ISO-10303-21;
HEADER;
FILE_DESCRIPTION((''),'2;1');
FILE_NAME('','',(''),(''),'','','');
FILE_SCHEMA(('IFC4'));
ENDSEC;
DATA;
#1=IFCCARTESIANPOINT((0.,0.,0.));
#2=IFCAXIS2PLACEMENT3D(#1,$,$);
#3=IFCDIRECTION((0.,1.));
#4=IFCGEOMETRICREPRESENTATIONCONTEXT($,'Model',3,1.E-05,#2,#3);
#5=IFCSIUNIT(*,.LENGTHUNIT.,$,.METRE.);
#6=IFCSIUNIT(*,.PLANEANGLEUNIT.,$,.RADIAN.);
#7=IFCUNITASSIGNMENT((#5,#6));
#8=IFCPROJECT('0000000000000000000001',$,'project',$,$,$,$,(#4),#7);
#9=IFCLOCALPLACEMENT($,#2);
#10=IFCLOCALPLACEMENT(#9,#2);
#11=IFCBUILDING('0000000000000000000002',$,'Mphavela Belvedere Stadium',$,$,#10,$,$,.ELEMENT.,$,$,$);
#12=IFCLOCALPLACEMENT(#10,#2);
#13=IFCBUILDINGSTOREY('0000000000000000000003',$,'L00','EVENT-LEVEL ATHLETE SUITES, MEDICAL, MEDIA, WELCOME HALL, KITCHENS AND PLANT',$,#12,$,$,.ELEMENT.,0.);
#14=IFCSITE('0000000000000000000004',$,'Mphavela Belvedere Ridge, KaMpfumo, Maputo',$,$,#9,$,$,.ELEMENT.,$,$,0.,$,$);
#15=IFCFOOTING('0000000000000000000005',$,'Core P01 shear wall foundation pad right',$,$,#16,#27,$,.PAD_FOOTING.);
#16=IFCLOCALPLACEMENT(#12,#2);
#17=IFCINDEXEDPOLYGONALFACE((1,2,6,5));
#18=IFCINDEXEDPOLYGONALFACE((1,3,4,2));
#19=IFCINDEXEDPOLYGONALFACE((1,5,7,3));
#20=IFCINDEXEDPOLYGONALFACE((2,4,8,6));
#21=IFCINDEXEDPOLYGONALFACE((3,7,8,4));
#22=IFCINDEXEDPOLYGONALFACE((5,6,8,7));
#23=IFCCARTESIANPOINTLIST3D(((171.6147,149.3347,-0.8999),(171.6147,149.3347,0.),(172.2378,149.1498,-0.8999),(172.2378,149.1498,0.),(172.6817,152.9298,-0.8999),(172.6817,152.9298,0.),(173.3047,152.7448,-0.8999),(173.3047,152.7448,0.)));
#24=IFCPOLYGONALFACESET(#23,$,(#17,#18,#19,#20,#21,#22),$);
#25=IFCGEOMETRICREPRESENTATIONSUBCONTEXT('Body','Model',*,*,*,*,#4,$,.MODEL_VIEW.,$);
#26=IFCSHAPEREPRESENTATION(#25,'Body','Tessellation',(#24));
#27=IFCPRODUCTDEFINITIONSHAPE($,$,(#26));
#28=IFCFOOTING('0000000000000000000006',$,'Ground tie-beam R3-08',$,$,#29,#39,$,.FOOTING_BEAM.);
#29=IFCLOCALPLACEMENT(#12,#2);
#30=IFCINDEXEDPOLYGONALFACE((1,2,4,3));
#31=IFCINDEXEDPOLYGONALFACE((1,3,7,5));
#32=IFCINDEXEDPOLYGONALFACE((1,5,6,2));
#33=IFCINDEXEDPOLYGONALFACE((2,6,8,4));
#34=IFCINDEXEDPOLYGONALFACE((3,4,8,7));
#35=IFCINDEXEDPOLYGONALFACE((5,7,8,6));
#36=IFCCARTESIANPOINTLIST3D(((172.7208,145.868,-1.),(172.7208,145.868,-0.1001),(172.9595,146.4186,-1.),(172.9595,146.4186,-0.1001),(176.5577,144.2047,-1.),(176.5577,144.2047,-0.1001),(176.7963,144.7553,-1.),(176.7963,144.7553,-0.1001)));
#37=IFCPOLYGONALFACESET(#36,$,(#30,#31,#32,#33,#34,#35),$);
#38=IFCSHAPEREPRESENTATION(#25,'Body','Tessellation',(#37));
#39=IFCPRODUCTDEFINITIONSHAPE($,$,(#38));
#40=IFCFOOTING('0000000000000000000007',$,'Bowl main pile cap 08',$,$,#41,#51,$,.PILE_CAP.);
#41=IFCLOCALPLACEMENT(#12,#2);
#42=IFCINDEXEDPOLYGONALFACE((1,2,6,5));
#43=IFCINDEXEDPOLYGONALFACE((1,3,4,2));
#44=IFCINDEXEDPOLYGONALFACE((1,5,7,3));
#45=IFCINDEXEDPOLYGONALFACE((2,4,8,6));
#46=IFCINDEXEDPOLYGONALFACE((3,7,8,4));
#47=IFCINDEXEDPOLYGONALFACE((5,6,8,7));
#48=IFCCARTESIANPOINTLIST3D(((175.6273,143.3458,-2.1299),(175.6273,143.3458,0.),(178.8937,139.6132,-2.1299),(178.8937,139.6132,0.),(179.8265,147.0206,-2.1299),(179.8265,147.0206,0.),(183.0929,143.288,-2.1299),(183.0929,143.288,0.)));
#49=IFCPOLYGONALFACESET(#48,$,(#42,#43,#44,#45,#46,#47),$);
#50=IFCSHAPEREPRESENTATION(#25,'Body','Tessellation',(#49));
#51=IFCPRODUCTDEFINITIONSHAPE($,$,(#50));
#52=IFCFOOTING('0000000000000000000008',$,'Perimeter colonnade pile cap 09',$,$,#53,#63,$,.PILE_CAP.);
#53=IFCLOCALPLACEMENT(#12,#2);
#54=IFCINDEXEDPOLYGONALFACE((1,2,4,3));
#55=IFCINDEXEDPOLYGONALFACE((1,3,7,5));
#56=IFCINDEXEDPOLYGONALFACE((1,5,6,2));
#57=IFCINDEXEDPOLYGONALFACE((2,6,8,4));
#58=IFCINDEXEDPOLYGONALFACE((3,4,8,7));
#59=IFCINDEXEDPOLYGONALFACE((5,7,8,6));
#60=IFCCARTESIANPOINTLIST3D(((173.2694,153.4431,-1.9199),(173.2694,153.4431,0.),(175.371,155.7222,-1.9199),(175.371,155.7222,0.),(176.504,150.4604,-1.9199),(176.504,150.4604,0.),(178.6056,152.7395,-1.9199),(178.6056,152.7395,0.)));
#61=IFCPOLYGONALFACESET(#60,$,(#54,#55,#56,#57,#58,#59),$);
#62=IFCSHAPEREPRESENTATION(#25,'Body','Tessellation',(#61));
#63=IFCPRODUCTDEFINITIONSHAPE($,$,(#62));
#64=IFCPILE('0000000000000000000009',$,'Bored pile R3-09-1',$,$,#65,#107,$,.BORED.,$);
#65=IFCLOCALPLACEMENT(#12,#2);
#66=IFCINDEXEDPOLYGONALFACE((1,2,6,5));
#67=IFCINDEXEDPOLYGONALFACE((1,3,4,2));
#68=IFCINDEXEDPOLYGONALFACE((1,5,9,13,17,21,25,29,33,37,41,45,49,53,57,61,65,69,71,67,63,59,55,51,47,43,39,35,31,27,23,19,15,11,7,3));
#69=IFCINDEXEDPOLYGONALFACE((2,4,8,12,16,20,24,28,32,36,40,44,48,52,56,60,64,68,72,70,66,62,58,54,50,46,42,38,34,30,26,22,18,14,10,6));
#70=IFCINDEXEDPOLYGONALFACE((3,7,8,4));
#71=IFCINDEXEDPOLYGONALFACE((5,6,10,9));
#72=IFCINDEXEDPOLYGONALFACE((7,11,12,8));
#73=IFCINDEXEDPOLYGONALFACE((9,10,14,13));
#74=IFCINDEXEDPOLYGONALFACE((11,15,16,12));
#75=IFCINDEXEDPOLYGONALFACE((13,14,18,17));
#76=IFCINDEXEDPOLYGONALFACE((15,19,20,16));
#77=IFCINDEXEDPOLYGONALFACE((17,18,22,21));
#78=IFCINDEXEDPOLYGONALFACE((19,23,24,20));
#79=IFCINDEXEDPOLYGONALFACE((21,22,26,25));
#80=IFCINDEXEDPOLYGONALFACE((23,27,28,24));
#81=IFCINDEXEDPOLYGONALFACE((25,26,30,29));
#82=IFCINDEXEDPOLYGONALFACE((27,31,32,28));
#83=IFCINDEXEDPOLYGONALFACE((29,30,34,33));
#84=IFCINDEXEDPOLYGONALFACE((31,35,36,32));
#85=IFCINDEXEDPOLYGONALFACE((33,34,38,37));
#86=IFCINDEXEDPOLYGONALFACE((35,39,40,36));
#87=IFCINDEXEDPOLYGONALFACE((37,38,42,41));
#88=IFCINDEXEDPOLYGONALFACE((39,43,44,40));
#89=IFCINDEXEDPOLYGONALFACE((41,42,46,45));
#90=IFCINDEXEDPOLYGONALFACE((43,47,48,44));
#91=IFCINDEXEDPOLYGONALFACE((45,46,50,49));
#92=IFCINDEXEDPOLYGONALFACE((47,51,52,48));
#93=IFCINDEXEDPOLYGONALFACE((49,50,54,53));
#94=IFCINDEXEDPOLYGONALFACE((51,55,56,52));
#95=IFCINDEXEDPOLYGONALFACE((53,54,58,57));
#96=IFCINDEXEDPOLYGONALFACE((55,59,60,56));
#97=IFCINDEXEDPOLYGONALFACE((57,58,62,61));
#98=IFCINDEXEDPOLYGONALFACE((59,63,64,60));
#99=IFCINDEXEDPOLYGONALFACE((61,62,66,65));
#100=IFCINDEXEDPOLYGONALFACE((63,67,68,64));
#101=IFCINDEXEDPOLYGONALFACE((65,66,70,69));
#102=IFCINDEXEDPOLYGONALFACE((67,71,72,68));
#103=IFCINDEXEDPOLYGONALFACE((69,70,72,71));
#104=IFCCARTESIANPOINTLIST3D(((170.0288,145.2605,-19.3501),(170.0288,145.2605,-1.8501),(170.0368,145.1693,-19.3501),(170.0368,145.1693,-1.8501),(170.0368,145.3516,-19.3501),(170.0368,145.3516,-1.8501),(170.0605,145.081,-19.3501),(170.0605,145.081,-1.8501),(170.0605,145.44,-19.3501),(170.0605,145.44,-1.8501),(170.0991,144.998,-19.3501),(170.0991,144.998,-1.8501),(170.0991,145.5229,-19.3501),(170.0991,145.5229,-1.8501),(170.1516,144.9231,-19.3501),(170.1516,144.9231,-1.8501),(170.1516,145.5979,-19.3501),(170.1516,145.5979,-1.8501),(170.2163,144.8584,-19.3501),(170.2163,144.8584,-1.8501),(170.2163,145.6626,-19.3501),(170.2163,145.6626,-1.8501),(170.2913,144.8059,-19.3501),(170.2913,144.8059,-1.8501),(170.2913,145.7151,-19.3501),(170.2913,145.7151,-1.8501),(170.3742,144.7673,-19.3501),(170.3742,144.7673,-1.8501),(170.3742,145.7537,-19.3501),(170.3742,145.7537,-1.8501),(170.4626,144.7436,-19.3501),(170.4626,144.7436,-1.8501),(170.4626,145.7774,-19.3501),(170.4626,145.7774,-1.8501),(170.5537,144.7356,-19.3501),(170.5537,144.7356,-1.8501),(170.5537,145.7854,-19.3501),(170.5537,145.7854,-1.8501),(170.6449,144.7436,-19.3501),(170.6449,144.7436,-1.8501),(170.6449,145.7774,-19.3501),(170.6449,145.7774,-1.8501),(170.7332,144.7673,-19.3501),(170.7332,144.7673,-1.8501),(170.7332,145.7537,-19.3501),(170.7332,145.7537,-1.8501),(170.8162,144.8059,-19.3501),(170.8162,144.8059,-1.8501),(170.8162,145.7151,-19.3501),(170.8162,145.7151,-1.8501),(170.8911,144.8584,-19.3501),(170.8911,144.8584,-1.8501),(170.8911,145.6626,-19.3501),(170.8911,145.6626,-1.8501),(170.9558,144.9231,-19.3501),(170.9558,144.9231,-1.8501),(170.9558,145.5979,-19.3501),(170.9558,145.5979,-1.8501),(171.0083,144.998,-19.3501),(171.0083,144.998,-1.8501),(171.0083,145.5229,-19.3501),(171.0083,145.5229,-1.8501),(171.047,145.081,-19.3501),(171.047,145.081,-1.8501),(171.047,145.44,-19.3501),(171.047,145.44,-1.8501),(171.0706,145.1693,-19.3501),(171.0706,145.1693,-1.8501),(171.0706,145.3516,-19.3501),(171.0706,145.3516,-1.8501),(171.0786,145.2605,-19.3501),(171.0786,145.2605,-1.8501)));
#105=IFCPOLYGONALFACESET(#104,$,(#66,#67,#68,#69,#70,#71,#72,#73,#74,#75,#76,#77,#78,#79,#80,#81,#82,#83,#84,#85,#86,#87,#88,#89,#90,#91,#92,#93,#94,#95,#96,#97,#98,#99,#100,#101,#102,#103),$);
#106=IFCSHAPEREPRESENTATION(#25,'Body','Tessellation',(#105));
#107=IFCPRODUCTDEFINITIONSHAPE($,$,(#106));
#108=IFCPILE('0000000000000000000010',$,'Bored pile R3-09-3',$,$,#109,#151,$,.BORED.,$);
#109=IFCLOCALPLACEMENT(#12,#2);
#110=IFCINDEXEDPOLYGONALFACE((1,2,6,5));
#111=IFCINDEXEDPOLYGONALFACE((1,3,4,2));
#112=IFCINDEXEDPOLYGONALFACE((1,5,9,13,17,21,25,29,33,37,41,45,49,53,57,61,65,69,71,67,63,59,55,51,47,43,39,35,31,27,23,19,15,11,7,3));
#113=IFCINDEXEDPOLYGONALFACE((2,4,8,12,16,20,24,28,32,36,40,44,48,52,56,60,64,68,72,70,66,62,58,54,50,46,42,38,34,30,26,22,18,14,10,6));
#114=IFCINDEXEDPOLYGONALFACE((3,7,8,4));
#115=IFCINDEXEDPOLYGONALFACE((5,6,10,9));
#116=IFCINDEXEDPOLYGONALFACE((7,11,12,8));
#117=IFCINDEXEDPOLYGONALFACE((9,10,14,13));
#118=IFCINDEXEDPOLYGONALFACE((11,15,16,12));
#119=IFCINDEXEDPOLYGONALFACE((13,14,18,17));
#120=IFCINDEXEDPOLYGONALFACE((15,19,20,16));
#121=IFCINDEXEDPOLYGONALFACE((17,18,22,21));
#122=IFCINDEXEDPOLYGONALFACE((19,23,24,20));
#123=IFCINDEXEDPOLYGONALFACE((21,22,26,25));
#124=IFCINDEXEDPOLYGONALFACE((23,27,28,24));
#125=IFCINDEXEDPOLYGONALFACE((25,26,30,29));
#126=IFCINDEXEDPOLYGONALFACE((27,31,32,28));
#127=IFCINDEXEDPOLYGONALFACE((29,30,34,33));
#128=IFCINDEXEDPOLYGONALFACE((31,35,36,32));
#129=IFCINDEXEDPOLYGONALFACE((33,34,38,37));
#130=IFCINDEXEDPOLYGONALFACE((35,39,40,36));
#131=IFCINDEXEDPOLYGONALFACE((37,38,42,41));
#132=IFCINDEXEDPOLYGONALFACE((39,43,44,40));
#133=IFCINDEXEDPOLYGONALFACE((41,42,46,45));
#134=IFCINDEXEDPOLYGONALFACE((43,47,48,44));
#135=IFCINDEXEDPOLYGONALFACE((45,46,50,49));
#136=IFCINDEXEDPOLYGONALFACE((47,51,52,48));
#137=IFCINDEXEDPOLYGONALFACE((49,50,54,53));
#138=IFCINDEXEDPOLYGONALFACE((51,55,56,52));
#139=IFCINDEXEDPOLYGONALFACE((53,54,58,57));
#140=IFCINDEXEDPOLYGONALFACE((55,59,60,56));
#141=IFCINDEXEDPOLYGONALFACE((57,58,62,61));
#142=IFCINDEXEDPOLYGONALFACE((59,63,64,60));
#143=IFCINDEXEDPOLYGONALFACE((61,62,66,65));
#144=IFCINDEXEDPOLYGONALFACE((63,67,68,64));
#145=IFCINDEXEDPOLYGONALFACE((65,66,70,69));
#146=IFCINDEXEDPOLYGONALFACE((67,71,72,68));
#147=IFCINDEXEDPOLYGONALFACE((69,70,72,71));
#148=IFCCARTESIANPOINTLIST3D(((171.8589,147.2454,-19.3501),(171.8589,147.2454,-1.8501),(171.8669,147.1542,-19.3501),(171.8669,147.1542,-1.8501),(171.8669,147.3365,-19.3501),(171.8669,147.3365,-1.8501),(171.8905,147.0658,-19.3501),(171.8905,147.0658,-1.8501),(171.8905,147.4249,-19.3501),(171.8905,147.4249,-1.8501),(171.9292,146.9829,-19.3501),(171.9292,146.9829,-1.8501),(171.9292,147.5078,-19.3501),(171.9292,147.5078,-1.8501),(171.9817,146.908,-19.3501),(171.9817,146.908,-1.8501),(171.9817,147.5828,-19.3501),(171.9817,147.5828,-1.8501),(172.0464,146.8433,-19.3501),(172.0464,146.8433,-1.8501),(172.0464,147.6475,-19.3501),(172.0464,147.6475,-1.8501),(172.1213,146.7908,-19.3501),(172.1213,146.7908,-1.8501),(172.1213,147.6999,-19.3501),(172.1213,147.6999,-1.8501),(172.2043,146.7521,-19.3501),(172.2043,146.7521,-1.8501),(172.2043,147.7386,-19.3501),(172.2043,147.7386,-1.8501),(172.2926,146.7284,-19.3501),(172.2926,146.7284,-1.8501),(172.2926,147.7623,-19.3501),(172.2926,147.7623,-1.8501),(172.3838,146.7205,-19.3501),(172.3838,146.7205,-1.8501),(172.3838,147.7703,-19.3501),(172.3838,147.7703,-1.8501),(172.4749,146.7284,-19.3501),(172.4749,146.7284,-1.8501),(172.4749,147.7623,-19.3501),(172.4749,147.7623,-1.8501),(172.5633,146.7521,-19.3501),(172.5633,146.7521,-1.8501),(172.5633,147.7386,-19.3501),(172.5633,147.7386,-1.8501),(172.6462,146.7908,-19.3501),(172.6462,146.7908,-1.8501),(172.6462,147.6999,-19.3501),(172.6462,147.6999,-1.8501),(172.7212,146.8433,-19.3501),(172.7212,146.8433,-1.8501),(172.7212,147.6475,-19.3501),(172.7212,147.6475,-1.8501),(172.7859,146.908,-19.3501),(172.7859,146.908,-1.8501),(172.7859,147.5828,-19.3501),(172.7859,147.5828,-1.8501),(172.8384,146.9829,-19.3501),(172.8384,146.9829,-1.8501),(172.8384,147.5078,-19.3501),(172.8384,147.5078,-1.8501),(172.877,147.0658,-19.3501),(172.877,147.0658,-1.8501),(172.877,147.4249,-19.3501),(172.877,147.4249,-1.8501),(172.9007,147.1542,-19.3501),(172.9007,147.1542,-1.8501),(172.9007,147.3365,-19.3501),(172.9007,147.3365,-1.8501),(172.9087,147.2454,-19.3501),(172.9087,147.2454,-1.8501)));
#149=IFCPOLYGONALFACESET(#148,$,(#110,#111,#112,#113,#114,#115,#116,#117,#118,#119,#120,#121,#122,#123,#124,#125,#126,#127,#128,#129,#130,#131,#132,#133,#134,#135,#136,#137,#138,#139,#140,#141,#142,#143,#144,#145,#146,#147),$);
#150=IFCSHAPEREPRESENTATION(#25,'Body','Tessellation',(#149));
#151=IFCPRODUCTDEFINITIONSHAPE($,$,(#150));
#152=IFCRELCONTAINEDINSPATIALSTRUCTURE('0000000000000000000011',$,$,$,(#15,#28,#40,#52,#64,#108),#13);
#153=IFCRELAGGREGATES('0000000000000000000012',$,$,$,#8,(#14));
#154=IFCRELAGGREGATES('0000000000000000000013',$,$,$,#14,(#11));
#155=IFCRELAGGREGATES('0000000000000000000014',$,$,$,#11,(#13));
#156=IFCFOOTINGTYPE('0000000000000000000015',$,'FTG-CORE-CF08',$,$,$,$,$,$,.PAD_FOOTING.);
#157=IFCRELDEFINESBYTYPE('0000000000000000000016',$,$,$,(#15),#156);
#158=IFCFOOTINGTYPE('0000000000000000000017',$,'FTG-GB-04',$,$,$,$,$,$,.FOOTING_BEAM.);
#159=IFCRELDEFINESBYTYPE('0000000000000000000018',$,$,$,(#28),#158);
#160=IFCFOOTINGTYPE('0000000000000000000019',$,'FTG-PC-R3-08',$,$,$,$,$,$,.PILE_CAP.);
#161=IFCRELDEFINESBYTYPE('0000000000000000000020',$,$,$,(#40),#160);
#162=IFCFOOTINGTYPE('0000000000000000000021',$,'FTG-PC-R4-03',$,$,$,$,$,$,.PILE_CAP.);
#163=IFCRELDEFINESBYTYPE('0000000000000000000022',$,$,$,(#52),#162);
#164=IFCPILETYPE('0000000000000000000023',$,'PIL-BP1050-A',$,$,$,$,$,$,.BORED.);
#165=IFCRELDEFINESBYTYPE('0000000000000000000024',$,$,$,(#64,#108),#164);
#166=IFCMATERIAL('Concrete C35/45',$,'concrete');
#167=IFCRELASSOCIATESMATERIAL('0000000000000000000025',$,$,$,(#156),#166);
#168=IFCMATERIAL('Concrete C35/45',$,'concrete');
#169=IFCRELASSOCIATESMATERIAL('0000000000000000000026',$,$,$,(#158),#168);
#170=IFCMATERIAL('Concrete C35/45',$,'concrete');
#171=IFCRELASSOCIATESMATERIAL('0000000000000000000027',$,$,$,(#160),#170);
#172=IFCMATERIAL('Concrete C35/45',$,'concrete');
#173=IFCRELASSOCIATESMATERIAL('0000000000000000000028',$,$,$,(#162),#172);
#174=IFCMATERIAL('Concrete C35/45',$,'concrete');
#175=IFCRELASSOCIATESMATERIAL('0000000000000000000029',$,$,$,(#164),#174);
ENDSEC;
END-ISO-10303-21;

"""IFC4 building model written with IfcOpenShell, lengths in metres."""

from ifc_helpers import new_model, si_unit, direction, frame, origin, origin_2d, place, context, subcontext, project, spatial, rectangle, circle, extrude, material, material_profile, profile_set, type_object, element, save


model = new_model("IFC4")

# Units and contexts
model_context = context("Model", 3, precision=1e-05, world=origin(), true_north=direction((0.0, 1.0)))
body_context = subcontext(model_context, "Body", "Model", "MODEL_VIEW")
ifc_project = project(units=[si_unit("LENGTHUNIT", "METRE"), si_unit("PLANEANGLEUNIT", "RADIAN")], contexts=[model_context])

# Site, building, storey
site_placement = place(None, origin())
site = spatial("IfcSite", under=ifc_project, at=site_placement, Name="Mphavela Belvedere Ridge, KaMpfumo, Maputo", CompositionType="ELEMENT", RefElevation=0.0)
building_placement = place(site_placement, origin())
building = spatial("IfcBuilding", under=site, at=building_placement, Name="Mphavela Belvedere Stadium", CompositionType="ELEMENT")
storey_placement = place(building_placement, origin())
storey = spatial("IfcBuildingStorey", under=building, at=storey_placement, Name="L00", Description="EVENT-LEVEL ATHLETE SUITES, MEDICAL, MEDIA, WELCOME HALL, KITCHENS AND PLANT", CompositionType="ELEMENT", Elevation=0.0)

# Footings
ifc_material_1 = material(Name="Concrete C35/45", Category="concrete")
footing_type_1 = type_object("IfcFootingType", Name="FTG-CORE-CF08", PredefinedType="PAD_FOOTING", material=ifc_material_1)
footing_1_placement = place(storey_placement, frame((172.4597, 151.0398, -0.8999), z_axis=(0.0, 0.0, 1.0), x_axis=(0.284517, 0.958671, 0.0)))
element("IfcFooting", 1, at=footing_1_placement, inside=storey, type_object=footing_type_1, Name="Core P01 shear wall foundation pad right", PredefinedType="PAD_FOOTING", context=body_context, shape_type="SweptSolid", body=[
    extrude(rectangle(XDim=3.75, YDim=0.6499, at=origin_2d()), origin(), (0.0, 0.0, 1.0), 0.8999),
])
ifc_material_2 = material(Name="Concrete C35/45", Category="concrete")
ifc_material_profile_1 = material_profile(ifc_material_2, rectangle(XDim=0.6001, YDim=0.8999, at=origin_2d()), Name="GB 600x900")
ifc_profile_set_1 = profile_set([ifc_material_profile_1], Name="Concrete C35/45")
footing_type_2 = type_object("IfcFootingType", Name="FTG-GB-04", PredefinedType="FOOTING_BEAM", material=ifc_profile_set_1)
footing_2_placement = place(storey_placement, frame((176.677, 144.48, -0.55), z_axis=(-0.917497, 0.397742, 0.0), x_axis=(-0.397742, -0.917497, 0.0)))
element("IfcFooting", 2, at=footing_2_placement, inside=storey, type_object=footing_type_2, Name="Ground tie-beam R3-08", PredefinedType="FOOTING_BEAM", context=body_context, shape_type="SweptSolid", body=[
    extrude(rectangle(XDim=0.6001, YDim=0.8999, at=origin_2d()), origin(), (0.0, 0.0, 1.0), 4.1819),
])
ifc_material_3 = material(Name="Concrete C35/45", Category="concrete")
footing_type_3 = type_object("IfcFootingType", Name="FTG-PC-R3-08", PredefinedType="PILE_CAP", material=ifc_material_3)
footing_3_placement = place(storey_placement, frame((179.3601, 143.3169, -2.1299), z_axis=(0.0, 0.0, 1.0), x_axis=(0.75253, 0.658558, 0.0)))
element("IfcFooting", 3, at=footing_3_placement, inside=storey, type_object=footing_type_3, Name="Bowl main pile cap 08", PredefinedType="PILE_CAP", context=body_context, shape_type="SweptSolid", body=[
    extrude(rectangle(XDim=5.5801, YDim=4.96, at=origin_2d()), origin(), (0.0, 0.0, 1.0), 2.1299),
])
ifc_material_4 = material(Name="Concrete C35/45", Category="concrete")
footing_type_4 = type_object("IfcFootingType", Name="FTG-PC-R4-03", PredefinedType="PILE_CAP", material=ifc_material_4)
footing_4_placement = place(storey_placement, frame((175.9375, 153.0913, -1.9199), z_axis=(0.0, 0.0, 1.0), x_axis=(-0.735151, 0.677903, 0.0)))
element("IfcFooting", 4, at=footing_4_placement, inside=storey, type_object=footing_type_4, Name="Perimeter colonnade pile cap 09", PredefinedType="PILE_CAP", context=body_context, shape_type="SweptSolid", body=[
    extrude(rectangle(XDim=4.3999, YDim=3.1001, at=origin_2d()), origin(), (0.0, 0.0, 1.0), 1.9199),
])

# Piles
ifc_material_5 = material(Name="Concrete C35/45", Category="concrete")
ifc_material_profile_2 = material_profile(ifc_material_5, circle(Radius=0.5249, at=origin_2d()), Name="BP D1050")
ifc_profile_set_2 = profile_set([ifc_material_profile_2], Name="Concrete C35/45")
pile_type_1 = type_object("IfcPileType", Name="PIL-BP1050-A", PredefinedType="BORED", material=ifc_profile_set_2)
for number, where, z_axis, x_axis, name in (
    (5, (170.5537, 145.2605, -1.8501), (0.0, 0.0, -1.0), (1.0, 0.0, 0.0), "Bored pile R3-09-1"),
    (6, (172.3838, 147.2454, -1.8501), (0.0, 0.0, -1.0), (1.0, 0.0, 0.0), "Bored pile R3-09-3"),
):
    element("IfcPile", number, at=place(storey_placement, frame(where, z_axis=z_axis, x_axis=x_axis)), inside=storey, type_object=pile_type_1, Name=name, PredefinedType="BORED", context=body_context, shape_type="SweptSolid", body=[
        extrude(circle(Radius=0.5249, at=origin_2d()), origin(), (0.0, 0.0, 1.0), 17.5),
    ])

save(model, "model.ifc")
